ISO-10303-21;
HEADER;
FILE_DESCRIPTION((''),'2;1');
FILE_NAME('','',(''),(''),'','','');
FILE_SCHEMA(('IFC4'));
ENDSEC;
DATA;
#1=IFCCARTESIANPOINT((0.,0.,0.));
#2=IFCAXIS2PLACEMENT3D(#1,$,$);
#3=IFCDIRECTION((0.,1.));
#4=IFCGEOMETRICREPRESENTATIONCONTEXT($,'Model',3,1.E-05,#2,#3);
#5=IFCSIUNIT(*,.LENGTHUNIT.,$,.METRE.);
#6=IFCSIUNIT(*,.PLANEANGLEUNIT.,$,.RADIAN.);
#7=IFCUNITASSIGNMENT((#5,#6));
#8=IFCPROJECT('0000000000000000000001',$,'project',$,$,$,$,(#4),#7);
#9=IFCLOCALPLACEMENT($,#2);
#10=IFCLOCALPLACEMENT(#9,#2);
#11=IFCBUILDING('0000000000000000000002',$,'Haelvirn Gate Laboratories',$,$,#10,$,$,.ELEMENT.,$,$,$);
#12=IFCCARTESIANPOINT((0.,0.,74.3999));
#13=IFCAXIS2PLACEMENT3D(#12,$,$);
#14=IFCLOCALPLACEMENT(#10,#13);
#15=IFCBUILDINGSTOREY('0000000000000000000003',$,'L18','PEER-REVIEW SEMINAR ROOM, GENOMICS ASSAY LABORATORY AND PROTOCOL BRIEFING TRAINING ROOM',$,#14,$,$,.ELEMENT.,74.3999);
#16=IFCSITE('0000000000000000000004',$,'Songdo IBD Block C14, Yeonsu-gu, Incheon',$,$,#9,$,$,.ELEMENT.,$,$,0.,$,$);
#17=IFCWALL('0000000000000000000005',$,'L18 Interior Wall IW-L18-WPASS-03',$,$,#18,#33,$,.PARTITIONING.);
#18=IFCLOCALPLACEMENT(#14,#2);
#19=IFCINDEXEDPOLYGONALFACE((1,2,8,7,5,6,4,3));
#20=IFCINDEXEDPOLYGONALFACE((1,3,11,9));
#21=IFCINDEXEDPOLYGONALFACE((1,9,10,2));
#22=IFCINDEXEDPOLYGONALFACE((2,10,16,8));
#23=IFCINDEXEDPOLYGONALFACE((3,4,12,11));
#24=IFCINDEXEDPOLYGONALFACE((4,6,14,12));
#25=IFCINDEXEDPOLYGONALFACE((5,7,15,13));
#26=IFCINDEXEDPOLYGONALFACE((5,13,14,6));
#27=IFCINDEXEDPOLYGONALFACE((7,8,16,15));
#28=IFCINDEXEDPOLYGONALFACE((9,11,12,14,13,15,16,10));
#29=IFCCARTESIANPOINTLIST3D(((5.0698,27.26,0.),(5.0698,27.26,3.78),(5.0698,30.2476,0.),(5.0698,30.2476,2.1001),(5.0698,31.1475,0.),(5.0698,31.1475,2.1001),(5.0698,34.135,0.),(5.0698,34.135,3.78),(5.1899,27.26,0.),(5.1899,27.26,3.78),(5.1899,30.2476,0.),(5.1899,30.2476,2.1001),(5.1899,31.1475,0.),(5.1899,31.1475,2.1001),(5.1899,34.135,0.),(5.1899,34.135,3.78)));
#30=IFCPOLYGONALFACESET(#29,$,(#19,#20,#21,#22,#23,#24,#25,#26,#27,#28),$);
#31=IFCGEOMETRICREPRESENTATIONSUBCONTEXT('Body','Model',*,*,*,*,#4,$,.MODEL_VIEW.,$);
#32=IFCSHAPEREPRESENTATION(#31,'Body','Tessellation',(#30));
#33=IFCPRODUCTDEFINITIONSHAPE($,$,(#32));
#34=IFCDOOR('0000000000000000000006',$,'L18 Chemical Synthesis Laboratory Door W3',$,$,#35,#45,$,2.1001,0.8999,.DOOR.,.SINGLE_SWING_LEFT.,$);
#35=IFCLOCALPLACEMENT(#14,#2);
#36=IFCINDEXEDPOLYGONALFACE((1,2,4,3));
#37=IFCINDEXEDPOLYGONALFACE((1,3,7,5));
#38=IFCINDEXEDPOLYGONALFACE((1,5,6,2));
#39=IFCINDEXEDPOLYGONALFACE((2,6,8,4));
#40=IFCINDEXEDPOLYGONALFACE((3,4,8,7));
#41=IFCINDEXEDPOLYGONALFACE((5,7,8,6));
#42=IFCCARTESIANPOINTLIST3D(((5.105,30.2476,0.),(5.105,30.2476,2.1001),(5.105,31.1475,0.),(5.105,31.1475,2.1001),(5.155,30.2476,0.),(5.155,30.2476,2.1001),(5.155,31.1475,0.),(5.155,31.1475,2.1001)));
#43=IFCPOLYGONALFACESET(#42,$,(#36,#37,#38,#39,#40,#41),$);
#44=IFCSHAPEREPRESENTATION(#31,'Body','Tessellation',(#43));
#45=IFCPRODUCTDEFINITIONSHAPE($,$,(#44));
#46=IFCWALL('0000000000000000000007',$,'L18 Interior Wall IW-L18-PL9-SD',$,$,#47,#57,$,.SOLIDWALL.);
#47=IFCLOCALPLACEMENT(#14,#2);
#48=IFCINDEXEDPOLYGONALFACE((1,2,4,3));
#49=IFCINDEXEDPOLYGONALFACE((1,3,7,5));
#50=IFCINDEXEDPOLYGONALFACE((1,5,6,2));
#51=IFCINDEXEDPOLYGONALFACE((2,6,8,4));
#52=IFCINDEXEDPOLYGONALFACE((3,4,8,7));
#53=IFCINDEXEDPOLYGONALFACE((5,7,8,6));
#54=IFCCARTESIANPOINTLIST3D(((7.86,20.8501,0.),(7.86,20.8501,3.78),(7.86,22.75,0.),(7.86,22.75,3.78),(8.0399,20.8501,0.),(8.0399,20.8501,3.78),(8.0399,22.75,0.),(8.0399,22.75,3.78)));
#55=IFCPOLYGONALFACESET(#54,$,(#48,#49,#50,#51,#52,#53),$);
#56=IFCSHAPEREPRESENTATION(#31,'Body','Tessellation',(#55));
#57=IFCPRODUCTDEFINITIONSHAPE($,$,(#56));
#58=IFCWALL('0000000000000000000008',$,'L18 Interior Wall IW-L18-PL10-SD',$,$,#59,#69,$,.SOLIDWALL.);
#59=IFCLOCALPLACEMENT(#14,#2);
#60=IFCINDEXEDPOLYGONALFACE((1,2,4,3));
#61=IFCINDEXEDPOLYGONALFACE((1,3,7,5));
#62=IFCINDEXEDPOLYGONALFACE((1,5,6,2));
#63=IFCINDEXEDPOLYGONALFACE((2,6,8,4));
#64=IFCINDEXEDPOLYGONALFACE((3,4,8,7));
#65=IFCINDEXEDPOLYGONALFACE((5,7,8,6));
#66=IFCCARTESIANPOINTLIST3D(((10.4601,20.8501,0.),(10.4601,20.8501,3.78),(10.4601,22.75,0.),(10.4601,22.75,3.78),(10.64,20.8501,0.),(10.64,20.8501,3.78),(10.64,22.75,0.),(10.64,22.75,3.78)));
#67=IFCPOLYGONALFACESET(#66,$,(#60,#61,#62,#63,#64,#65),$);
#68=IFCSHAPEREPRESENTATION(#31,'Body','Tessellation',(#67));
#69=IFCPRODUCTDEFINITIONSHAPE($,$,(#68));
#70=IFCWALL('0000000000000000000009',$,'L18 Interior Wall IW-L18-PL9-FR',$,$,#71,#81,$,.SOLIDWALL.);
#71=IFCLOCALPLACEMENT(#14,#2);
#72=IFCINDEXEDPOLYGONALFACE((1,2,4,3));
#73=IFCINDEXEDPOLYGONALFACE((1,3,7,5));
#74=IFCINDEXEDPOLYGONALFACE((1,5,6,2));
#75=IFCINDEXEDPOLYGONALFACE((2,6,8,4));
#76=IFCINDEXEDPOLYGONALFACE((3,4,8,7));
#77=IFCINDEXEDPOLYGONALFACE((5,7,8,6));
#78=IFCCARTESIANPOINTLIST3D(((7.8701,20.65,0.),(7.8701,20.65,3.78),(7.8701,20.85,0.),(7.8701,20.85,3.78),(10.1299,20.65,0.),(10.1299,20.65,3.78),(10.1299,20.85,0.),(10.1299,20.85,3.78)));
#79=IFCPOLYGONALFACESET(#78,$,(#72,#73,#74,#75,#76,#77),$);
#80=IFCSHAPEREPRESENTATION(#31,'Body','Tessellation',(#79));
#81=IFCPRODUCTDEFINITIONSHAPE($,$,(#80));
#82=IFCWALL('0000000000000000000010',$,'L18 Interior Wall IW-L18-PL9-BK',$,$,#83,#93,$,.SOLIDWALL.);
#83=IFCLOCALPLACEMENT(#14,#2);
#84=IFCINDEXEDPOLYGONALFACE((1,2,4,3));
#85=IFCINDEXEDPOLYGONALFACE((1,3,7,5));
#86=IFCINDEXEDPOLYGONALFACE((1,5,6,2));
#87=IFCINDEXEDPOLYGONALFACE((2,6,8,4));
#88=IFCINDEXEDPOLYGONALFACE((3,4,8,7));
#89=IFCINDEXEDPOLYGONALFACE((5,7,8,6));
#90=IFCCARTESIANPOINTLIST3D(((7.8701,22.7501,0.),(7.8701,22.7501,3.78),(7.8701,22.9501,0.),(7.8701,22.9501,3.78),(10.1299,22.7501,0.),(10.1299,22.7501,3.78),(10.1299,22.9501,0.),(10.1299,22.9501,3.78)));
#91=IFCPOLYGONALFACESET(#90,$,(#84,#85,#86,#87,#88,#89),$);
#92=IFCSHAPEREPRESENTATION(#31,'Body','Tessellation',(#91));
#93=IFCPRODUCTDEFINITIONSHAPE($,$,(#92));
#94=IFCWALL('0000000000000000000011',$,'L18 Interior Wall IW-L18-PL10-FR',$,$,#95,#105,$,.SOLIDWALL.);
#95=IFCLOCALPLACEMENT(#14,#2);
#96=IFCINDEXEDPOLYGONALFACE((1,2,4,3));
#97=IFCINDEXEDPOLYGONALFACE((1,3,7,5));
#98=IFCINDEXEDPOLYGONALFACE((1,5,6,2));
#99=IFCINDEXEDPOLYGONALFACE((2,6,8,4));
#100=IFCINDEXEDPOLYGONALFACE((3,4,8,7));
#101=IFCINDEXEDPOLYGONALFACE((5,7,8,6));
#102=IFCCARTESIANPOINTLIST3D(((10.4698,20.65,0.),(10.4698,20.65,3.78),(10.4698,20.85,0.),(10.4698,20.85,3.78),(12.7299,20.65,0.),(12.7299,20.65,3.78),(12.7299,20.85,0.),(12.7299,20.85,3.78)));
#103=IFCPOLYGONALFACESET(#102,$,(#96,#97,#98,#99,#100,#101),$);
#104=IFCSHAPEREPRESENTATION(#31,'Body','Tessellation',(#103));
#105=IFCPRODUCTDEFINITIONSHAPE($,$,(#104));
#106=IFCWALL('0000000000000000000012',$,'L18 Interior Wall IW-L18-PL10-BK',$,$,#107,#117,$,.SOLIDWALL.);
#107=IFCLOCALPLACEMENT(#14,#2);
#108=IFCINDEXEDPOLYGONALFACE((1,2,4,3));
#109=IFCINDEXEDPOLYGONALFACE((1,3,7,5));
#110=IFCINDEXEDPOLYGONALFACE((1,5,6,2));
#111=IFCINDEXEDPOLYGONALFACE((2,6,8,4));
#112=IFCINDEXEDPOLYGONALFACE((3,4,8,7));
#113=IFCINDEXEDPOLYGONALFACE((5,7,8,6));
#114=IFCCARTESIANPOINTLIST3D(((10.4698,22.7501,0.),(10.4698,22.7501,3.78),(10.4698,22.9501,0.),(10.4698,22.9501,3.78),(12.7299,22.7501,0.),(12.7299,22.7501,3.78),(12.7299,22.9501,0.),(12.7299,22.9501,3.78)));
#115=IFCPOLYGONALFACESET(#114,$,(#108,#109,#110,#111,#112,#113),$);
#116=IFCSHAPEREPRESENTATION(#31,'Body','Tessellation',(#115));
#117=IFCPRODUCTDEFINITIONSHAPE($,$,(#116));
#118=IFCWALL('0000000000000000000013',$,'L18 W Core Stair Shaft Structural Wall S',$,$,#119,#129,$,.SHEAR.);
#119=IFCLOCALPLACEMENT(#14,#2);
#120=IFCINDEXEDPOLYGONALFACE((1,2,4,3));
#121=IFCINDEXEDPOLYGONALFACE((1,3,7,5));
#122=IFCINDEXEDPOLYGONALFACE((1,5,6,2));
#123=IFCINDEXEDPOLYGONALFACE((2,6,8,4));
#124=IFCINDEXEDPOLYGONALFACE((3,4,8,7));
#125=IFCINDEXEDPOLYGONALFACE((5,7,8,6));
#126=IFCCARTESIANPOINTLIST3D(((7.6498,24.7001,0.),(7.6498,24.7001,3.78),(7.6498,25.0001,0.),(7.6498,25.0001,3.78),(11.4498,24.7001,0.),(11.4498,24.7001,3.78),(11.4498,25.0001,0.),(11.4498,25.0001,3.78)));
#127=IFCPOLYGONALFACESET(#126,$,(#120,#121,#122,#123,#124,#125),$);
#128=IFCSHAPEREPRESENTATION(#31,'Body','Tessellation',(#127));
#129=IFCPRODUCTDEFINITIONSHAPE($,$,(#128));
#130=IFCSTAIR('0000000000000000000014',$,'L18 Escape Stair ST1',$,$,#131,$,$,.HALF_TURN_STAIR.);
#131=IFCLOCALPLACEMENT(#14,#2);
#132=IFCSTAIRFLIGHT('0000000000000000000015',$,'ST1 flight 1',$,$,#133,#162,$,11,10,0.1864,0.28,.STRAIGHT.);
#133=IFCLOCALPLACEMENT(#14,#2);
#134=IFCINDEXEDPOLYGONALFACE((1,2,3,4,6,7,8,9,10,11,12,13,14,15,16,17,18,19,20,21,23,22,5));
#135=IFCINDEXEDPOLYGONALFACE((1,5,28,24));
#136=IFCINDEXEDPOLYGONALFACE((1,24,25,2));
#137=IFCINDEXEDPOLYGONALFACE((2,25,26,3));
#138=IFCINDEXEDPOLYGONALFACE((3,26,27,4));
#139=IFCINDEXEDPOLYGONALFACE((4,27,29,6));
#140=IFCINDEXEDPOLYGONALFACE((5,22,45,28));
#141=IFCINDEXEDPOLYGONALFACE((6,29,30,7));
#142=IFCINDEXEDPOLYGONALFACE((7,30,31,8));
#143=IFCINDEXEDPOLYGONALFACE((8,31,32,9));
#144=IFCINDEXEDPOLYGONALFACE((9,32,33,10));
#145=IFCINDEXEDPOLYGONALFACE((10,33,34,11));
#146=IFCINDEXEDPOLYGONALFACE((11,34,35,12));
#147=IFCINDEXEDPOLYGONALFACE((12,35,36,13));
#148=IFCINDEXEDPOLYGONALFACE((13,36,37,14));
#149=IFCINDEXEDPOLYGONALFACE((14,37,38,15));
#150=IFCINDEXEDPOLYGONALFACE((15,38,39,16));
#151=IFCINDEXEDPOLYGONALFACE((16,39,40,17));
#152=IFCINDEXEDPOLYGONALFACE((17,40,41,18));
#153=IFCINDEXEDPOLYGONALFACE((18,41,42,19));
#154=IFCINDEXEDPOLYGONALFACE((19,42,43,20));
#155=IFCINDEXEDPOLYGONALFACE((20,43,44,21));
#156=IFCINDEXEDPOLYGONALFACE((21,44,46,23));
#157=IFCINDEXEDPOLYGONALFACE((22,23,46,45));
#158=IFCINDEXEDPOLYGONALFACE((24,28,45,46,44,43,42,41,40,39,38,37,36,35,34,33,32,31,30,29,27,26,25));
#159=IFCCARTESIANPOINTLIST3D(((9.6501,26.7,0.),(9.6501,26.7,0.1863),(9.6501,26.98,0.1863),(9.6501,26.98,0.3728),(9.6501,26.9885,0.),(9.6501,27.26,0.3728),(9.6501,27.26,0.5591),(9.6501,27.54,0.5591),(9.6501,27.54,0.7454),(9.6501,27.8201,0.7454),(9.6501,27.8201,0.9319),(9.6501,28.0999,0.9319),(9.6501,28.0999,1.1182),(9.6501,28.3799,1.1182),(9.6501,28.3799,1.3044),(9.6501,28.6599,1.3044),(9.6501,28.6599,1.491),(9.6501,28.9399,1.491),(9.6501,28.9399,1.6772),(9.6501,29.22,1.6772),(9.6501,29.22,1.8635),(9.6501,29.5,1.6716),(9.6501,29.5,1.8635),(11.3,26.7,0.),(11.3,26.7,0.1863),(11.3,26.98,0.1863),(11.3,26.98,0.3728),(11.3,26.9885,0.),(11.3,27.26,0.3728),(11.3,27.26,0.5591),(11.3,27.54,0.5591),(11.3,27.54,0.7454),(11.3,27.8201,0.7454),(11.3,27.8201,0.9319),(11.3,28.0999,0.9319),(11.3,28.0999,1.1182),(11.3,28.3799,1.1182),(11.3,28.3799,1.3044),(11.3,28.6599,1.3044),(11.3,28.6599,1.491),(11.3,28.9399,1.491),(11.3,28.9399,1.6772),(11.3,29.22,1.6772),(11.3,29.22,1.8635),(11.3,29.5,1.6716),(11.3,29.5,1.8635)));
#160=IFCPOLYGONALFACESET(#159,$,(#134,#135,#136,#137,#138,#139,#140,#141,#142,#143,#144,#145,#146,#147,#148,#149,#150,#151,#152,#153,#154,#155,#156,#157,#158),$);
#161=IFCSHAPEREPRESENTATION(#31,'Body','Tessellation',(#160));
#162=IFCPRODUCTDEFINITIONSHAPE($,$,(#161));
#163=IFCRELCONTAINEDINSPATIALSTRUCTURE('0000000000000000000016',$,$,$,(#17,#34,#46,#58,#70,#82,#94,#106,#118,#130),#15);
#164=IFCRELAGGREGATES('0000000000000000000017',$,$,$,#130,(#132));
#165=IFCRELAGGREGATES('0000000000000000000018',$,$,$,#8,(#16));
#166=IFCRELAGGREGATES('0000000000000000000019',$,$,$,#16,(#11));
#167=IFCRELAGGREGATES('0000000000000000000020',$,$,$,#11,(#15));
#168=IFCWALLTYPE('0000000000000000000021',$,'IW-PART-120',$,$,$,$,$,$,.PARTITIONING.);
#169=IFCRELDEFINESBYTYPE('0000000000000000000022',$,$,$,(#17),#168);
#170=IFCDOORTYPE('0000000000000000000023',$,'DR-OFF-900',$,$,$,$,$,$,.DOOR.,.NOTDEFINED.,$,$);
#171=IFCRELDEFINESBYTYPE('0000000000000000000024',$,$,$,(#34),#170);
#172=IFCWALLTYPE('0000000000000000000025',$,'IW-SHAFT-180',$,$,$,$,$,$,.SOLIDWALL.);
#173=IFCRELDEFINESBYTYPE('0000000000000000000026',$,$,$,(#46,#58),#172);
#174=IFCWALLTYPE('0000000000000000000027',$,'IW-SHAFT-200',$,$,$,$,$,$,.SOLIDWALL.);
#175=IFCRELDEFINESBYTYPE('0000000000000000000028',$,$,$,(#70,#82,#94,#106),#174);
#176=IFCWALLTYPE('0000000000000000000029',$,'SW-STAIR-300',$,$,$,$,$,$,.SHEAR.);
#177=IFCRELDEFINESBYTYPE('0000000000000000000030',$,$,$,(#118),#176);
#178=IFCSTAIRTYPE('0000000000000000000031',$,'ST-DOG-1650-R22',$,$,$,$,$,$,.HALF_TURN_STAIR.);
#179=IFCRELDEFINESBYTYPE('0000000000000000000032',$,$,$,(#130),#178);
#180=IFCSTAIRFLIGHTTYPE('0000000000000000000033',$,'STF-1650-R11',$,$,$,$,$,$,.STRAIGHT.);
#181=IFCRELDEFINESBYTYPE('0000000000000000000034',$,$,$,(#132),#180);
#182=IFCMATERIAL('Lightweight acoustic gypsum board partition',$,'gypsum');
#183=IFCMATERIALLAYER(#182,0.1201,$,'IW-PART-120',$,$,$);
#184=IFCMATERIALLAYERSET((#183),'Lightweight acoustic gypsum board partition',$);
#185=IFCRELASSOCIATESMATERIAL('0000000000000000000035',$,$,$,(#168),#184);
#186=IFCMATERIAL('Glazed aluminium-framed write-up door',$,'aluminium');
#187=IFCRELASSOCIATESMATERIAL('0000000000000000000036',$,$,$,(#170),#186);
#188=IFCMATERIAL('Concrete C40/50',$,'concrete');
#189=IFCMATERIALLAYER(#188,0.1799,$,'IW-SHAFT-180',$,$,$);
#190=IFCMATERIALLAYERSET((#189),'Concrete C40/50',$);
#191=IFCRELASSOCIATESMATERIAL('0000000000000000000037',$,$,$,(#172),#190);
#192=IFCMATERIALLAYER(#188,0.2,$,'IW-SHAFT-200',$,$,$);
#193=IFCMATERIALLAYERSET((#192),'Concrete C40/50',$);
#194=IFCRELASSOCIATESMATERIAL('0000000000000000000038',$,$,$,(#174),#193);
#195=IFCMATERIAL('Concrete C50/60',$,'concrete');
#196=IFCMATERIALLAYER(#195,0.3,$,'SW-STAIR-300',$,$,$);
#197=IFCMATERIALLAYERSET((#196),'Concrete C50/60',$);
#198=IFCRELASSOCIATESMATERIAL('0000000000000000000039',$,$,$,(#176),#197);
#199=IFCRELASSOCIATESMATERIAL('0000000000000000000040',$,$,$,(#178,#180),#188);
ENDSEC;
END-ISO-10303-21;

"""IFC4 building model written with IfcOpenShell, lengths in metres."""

from ifc_helpers import new_model, si_unit, direction, frame, frame_2d, origin, place, context, subcontext, project, spatial, polyline, rectangle, outline, extrude, source, transform, mapped, material, layer, layer_set, type_object, type_shapes, element, fill, aggregate, save


model = new_model("IFC4")

# Units and contexts
model_context = context("Model", 3, precision=1e-05, world=origin(), true_north=direction((0.0, 1.0)))
body_context = subcontext(model_context, "Body", "Model", "MODEL_VIEW")
ifc_project = project(units=[si_unit("LENGTHUNIT", "METRE"), si_unit("PLANEANGLEUNIT", "RADIAN")], contexts=[model_context])

# Site, building, storey
site_placement = place(None, origin())
site = spatial("IfcSite", under=ifc_project, at=site_placement, Name="Songdo IBD Block C14, Yeonsu-gu, Incheon", CompositionType="ELEMENT", RefElevation=0.0)
building_placement = place(site_placement, origin())
building = spatial("IfcBuilding", under=site, at=building_placement, Name="Haelvirn Gate Laboratories", CompositionType="ELEMENT")
storey_placement = place(building_placement, frame((0.0, 0.0, 74.3999)))
storey = spatial("IfcBuildingStorey", under=building, at=storey_placement, Name="L18", Description="PEER-REVIEW SEMINAR ROOM, GENOMICS ASSAY LABORATORY AND PROTOCOL BRIEFING TRAINING ROOM", CompositionType="ELEMENT", Elevation=74.3999)

# Shared definitions
ifc_material_1 = material(Name="Lightweight acoustic gypsum board partition", Category="gypsum")
ifc_layer_1 = layer(ifc_material_1, 0.1201, Name="IW-PART-120")
ifc_layer_set_1 = layer_set([ifc_layer_1], Name="Lightweight acoustic gypsum board partition")
wall_type_1 = type_object("IfcWallType", Name="IW-PART-120", PredefinedType="PARTITIONING", material=ifc_layer_set_1)

# Shared definitions
ifc_material_2 = material(Name="Glazed aluminium-framed write-up door", Category="aluminium")
door_type = type_object("IfcDoorType", Name="DR-OFF-900", OperationType="NOTDEFINED", PredefinedType="DOOR", material=ifc_material_2)
shared_shape_1 = source(origin(), body_context, "Body", "SweptSolid", [
    extrude(rectangle(XDim=0.8999, YDim=2.1001, at=frame_2d((0.45, 1.05))), frame((0.0, 0.0249, 0.0), z_axis=(0.0, -1.0, 0.0), x_axis=(1.0, 0.0, 0.0)), (0.0, 0.0, 1.0), 0.05),
])
type_shapes(door_type, [shared_shape_1])

# Wall, opening, door
wall_1_placement = place(storey_placement, frame((5.1299, 27.26, 0.0), z_axis=(0.0, 0.0, 1.0), x_axis=(0.0, 1.0, 0.0)))
wall_1 = element("IfcWall", 1, at=wall_1_placement, inside=storey, type_object=wall_type_1, Name="L18 Interior Wall IW-L18-WPASS-03", PredefinedType="PARTITIONING", context=body_context, shape_type="SweptSolid", body=[
    extrude(rectangle(XDim=6.875, YDim=0.1201, at=frame_2d((3.4375, 0.0))), origin(), (0.0, 0.0, 1.0), 3.78),
])
opening_1_placement = place(wall_1_placement, frame((2.9875, 0.0, 0.0)))
opening_1 = element("IfcOpeningElement", 2, at=opening_1_placement, cuts=wall_1, PredefinedType="OPENING", context=body_context, shape_type="SweptSolid", body=[
    extrude(rectangle(XDim=0.8999, YDim=2.1001, at=frame_2d((0.45, 1.05))), frame((0.0, 0.0701, 0.0), z_axis=(0.0, -1.0, 0.0), x_axis=(1.0, 0.0, 0.0)), (0.0, 0.0, 1.0), 0.1401),
])
door_1_placement = place(opening_1_placement, origin())
door_1 = element("IfcDoor", 3, at=door_1_placement, inside=storey, type_object=door_type, Name="L18 Chemical Synthesis Laboratory Door W3", OperationType="SINGLE_SWING_LEFT", OverallHeight=2.1001, OverallWidth=0.8999, PredefinedType="DOOR", context=body_context, shape_type="MappedRepresentation", body=[
    mapped(shared_shape_1, transform((0.0, 0.0, 0.0), scale=1.0)),
])
fill(opening_1, door_1)

# Walls
ifc_material_3 = material(Name="Concrete C40/50", Category="concrete")
ifc_layer_2 = layer(ifc_material_3, 0.1799, Name="IW-SHAFT-180")
ifc_layer_set_2 = layer_set([ifc_layer_2], Name="Concrete C40/50")
wall_type_2 = type_object("IfcWallType", Name="IW-SHAFT-180", PredefinedType="SOLIDWALL", material=ifc_layer_set_2)
for number, where, z_axis, x_axis, name in (
    (4, (7.95, 20.8501, 0.0), (0.0, 0.0, 1.0), (0.0, 1.0, 0.0), "L18 Interior Wall IW-L18-PL9-SD"),
    (5, (10.55, 20.8501, 0.0), (0.0, 0.0, 1.0), (0.0, 1.0, 0.0), "L18 Interior Wall IW-L18-PL10-SD"),
):
    element("IfcWall", number, at=place(storey_placement, frame(where, z_axis=z_axis, x_axis=x_axis)), inside=storey, type_object=wall_type_2, Name=name, PredefinedType="SOLIDWALL", context=body_context, shape_type="SweptSolid", body=[
        extrude(rectangle(XDim=1.8999, YDim=0.1799, at=frame_2d((0.95, 0.0))), origin(), (0.0, 0.0, 1.0), 3.78),
    ])
ifc_layer_3 = layer(ifc_material_3, 0.2, Name="IW-SHAFT-200")
ifc_layer_set_3 = layer_set([ifc_layer_3], Name="Concrete C40/50")
wall_type_3 = type_object("IfcWallType", Name="IW-SHAFT-200", PredefinedType="SOLIDWALL", material=ifc_layer_set_3)
for number, where, z_axis, x_axis, name in (
    (6, (7.8701, 20.75, 0.0), (0.0, 0.0, 1.0), (1.0, 0.0, 0.0), "L18 Interior Wall IW-L18-PL9-FR"),
    (7, (7.8701, 22.8501, 0.0), (0.0, 0.0, 1.0), (1.0, 0.0, 0.0), "L18 Interior Wall IW-L18-PL9-BK"),
):
    element("IfcWall", number, at=place(storey_placement, frame(where, z_axis=z_axis, x_axis=x_axis)), inside=storey, type_object=wall_type_3, Name=name, PredefinedType="SOLIDWALL", context=body_context, shape_type="SweptSolid", body=[
        extrude(rectangle(XDim=2.2598, YDim=0.2, at=frame_2d((1.1299, 0.0))), origin(), (0.0, 0.0, 1.0), 3.78),
    ])
for number, where, z_axis, x_axis, name in (
    (8, (10.47, 20.75, 0.0), (0.0, 0.0, 1.0), (1.0, 0.0, 0.0), "L18 Interior Wall IW-L18-PL10-FR"),
    (9, (10.47, 22.8501, 0.0), (0.0, 0.0, 1.0), (1.0, 0.0, 0.0), "L18 Interior Wall IW-L18-PL10-BK"),
):
    element("IfcWall", number, at=place(storey_placement, frame(where, z_axis=z_axis, x_axis=x_axis)), inside=storey, type_object=wall_type_3, Name=name, PredefinedType="SOLIDWALL", context=body_context, shape_type="SweptSolid", body=[
        extrude(rectangle(XDim=2.26, YDim=0.2, at=frame_2d((1.1299, 0.0))), origin(), (0.0, 0.0, 1.0), 3.78),
    ])
ifc_material_4 = material(Name="Concrete C50/60", Category="concrete")
ifc_layer_4 = layer(ifc_material_4, 0.3, Name="SW-STAIR-300")
ifc_layer_set_4 = layer_set([ifc_layer_4], Name="Concrete C50/60")
wall_type_4 = type_object("IfcWallType", Name="SW-STAIR-300", PredefinedType="SHEAR", material=ifc_layer_set_4)
wall_2_placement = place(storey_placement, frame((7.6499, 24.8501, 0.0), z_axis=(0.0, 0.0, 1.0), x_axis=(1.0, 0.0, 0.0)))
element("IfcWall", 10, at=wall_2_placement, inside=storey, type_object=wall_type_4, Name="L18 W Core Stair Shaft Structural Wall S", PredefinedType="SHEAR", context=body_context, shape_type="SweptSolid", body=[
    extrude(rectangle(XDim=3.8, YDim=0.3, at=frame_2d((1.8999, 0.0))), origin(), (0.0, 0.0, 1.0), 3.78),
])

# Stair, stair flight
stair_type = type_object("IfcStairType", Name="ST-DOG-1650-R22", PredefinedType="HALF_TURN_STAIR", material=ifc_material_3)
stair_placement = place(storey_placement, origin())
stair = element("IfcStair", 11, at=stair_placement, inside=storey, type_object=stair_type, Name="L18 Escape Stair ST1", PredefinedType="HALF_TURN_STAIR")
stair_flight_type = type_object("IfcStairFlightType", Name="STF-1650-R11", PredefinedType="STRAIGHT", material=ifc_material_3)
shared_shape_2 = source(origin(), body_context, "Body", "SweptSolid", [
    extrude(outline(polyline([(0.0, 0.0), (0.0, 0.1863), (0.28, 0.1863), (0.28, 0.3728), (0.5601, 0.3728), (0.5601, 0.5591), (0.8401, 0.5591), (0.8401, 0.7454), (1.1201, 0.7454), (1.1201, 0.9319), (1.3999, 0.9319), (1.3999, 1.1182), (1.6799, 1.1182), (1.6799, 1.3044), (1.96, 1.3044), (1.96, 1.491), (2.24, 1.491), (2.24, 1.6772), (2.52, 1.6772), (2.52, 1.8635), (2.8, 1.8635), (2.8, 2.05), (2.8, 1.6716), (0.2886, 0.0), (0.0, 0.0)])), frame((0.0, 0.825, 0.0), z_axis=(0.0, -1.0, 0.0), x_axis=(1.0, 0.0, 0.0)), (0.0, 0.0, 1.0), 1.6499),
])
type_shapes(stair_flight_type, [shared_shape_2])
stair_flight_1_placement = place(storey_placement, frame((10.4751, 26.7, 0.0), z_axis=(0.0, 0.0, 1.0), x_axis=(0.0, 1.0, 0.0)))
stair_flight_1 = element("IfcStairFlight", 12, at=stair_flight_1_placement, type_object=stair_flight_type, Name="ST1 flight 1", NumberOfRisers=11, NumberOfTreads=10, PredefinedType="STRAIGHT", RiserHeight=0.1864, TreadLength=0.28, context=body_context, shape_type="MappedRepresentation", body=[
    mapped(shared_shape_2, transform((0.0, 0.0, 0.0), scale=1.0)),
])
aggregate(stair, [stair_flight_1])

save(model, "model.ifc")
